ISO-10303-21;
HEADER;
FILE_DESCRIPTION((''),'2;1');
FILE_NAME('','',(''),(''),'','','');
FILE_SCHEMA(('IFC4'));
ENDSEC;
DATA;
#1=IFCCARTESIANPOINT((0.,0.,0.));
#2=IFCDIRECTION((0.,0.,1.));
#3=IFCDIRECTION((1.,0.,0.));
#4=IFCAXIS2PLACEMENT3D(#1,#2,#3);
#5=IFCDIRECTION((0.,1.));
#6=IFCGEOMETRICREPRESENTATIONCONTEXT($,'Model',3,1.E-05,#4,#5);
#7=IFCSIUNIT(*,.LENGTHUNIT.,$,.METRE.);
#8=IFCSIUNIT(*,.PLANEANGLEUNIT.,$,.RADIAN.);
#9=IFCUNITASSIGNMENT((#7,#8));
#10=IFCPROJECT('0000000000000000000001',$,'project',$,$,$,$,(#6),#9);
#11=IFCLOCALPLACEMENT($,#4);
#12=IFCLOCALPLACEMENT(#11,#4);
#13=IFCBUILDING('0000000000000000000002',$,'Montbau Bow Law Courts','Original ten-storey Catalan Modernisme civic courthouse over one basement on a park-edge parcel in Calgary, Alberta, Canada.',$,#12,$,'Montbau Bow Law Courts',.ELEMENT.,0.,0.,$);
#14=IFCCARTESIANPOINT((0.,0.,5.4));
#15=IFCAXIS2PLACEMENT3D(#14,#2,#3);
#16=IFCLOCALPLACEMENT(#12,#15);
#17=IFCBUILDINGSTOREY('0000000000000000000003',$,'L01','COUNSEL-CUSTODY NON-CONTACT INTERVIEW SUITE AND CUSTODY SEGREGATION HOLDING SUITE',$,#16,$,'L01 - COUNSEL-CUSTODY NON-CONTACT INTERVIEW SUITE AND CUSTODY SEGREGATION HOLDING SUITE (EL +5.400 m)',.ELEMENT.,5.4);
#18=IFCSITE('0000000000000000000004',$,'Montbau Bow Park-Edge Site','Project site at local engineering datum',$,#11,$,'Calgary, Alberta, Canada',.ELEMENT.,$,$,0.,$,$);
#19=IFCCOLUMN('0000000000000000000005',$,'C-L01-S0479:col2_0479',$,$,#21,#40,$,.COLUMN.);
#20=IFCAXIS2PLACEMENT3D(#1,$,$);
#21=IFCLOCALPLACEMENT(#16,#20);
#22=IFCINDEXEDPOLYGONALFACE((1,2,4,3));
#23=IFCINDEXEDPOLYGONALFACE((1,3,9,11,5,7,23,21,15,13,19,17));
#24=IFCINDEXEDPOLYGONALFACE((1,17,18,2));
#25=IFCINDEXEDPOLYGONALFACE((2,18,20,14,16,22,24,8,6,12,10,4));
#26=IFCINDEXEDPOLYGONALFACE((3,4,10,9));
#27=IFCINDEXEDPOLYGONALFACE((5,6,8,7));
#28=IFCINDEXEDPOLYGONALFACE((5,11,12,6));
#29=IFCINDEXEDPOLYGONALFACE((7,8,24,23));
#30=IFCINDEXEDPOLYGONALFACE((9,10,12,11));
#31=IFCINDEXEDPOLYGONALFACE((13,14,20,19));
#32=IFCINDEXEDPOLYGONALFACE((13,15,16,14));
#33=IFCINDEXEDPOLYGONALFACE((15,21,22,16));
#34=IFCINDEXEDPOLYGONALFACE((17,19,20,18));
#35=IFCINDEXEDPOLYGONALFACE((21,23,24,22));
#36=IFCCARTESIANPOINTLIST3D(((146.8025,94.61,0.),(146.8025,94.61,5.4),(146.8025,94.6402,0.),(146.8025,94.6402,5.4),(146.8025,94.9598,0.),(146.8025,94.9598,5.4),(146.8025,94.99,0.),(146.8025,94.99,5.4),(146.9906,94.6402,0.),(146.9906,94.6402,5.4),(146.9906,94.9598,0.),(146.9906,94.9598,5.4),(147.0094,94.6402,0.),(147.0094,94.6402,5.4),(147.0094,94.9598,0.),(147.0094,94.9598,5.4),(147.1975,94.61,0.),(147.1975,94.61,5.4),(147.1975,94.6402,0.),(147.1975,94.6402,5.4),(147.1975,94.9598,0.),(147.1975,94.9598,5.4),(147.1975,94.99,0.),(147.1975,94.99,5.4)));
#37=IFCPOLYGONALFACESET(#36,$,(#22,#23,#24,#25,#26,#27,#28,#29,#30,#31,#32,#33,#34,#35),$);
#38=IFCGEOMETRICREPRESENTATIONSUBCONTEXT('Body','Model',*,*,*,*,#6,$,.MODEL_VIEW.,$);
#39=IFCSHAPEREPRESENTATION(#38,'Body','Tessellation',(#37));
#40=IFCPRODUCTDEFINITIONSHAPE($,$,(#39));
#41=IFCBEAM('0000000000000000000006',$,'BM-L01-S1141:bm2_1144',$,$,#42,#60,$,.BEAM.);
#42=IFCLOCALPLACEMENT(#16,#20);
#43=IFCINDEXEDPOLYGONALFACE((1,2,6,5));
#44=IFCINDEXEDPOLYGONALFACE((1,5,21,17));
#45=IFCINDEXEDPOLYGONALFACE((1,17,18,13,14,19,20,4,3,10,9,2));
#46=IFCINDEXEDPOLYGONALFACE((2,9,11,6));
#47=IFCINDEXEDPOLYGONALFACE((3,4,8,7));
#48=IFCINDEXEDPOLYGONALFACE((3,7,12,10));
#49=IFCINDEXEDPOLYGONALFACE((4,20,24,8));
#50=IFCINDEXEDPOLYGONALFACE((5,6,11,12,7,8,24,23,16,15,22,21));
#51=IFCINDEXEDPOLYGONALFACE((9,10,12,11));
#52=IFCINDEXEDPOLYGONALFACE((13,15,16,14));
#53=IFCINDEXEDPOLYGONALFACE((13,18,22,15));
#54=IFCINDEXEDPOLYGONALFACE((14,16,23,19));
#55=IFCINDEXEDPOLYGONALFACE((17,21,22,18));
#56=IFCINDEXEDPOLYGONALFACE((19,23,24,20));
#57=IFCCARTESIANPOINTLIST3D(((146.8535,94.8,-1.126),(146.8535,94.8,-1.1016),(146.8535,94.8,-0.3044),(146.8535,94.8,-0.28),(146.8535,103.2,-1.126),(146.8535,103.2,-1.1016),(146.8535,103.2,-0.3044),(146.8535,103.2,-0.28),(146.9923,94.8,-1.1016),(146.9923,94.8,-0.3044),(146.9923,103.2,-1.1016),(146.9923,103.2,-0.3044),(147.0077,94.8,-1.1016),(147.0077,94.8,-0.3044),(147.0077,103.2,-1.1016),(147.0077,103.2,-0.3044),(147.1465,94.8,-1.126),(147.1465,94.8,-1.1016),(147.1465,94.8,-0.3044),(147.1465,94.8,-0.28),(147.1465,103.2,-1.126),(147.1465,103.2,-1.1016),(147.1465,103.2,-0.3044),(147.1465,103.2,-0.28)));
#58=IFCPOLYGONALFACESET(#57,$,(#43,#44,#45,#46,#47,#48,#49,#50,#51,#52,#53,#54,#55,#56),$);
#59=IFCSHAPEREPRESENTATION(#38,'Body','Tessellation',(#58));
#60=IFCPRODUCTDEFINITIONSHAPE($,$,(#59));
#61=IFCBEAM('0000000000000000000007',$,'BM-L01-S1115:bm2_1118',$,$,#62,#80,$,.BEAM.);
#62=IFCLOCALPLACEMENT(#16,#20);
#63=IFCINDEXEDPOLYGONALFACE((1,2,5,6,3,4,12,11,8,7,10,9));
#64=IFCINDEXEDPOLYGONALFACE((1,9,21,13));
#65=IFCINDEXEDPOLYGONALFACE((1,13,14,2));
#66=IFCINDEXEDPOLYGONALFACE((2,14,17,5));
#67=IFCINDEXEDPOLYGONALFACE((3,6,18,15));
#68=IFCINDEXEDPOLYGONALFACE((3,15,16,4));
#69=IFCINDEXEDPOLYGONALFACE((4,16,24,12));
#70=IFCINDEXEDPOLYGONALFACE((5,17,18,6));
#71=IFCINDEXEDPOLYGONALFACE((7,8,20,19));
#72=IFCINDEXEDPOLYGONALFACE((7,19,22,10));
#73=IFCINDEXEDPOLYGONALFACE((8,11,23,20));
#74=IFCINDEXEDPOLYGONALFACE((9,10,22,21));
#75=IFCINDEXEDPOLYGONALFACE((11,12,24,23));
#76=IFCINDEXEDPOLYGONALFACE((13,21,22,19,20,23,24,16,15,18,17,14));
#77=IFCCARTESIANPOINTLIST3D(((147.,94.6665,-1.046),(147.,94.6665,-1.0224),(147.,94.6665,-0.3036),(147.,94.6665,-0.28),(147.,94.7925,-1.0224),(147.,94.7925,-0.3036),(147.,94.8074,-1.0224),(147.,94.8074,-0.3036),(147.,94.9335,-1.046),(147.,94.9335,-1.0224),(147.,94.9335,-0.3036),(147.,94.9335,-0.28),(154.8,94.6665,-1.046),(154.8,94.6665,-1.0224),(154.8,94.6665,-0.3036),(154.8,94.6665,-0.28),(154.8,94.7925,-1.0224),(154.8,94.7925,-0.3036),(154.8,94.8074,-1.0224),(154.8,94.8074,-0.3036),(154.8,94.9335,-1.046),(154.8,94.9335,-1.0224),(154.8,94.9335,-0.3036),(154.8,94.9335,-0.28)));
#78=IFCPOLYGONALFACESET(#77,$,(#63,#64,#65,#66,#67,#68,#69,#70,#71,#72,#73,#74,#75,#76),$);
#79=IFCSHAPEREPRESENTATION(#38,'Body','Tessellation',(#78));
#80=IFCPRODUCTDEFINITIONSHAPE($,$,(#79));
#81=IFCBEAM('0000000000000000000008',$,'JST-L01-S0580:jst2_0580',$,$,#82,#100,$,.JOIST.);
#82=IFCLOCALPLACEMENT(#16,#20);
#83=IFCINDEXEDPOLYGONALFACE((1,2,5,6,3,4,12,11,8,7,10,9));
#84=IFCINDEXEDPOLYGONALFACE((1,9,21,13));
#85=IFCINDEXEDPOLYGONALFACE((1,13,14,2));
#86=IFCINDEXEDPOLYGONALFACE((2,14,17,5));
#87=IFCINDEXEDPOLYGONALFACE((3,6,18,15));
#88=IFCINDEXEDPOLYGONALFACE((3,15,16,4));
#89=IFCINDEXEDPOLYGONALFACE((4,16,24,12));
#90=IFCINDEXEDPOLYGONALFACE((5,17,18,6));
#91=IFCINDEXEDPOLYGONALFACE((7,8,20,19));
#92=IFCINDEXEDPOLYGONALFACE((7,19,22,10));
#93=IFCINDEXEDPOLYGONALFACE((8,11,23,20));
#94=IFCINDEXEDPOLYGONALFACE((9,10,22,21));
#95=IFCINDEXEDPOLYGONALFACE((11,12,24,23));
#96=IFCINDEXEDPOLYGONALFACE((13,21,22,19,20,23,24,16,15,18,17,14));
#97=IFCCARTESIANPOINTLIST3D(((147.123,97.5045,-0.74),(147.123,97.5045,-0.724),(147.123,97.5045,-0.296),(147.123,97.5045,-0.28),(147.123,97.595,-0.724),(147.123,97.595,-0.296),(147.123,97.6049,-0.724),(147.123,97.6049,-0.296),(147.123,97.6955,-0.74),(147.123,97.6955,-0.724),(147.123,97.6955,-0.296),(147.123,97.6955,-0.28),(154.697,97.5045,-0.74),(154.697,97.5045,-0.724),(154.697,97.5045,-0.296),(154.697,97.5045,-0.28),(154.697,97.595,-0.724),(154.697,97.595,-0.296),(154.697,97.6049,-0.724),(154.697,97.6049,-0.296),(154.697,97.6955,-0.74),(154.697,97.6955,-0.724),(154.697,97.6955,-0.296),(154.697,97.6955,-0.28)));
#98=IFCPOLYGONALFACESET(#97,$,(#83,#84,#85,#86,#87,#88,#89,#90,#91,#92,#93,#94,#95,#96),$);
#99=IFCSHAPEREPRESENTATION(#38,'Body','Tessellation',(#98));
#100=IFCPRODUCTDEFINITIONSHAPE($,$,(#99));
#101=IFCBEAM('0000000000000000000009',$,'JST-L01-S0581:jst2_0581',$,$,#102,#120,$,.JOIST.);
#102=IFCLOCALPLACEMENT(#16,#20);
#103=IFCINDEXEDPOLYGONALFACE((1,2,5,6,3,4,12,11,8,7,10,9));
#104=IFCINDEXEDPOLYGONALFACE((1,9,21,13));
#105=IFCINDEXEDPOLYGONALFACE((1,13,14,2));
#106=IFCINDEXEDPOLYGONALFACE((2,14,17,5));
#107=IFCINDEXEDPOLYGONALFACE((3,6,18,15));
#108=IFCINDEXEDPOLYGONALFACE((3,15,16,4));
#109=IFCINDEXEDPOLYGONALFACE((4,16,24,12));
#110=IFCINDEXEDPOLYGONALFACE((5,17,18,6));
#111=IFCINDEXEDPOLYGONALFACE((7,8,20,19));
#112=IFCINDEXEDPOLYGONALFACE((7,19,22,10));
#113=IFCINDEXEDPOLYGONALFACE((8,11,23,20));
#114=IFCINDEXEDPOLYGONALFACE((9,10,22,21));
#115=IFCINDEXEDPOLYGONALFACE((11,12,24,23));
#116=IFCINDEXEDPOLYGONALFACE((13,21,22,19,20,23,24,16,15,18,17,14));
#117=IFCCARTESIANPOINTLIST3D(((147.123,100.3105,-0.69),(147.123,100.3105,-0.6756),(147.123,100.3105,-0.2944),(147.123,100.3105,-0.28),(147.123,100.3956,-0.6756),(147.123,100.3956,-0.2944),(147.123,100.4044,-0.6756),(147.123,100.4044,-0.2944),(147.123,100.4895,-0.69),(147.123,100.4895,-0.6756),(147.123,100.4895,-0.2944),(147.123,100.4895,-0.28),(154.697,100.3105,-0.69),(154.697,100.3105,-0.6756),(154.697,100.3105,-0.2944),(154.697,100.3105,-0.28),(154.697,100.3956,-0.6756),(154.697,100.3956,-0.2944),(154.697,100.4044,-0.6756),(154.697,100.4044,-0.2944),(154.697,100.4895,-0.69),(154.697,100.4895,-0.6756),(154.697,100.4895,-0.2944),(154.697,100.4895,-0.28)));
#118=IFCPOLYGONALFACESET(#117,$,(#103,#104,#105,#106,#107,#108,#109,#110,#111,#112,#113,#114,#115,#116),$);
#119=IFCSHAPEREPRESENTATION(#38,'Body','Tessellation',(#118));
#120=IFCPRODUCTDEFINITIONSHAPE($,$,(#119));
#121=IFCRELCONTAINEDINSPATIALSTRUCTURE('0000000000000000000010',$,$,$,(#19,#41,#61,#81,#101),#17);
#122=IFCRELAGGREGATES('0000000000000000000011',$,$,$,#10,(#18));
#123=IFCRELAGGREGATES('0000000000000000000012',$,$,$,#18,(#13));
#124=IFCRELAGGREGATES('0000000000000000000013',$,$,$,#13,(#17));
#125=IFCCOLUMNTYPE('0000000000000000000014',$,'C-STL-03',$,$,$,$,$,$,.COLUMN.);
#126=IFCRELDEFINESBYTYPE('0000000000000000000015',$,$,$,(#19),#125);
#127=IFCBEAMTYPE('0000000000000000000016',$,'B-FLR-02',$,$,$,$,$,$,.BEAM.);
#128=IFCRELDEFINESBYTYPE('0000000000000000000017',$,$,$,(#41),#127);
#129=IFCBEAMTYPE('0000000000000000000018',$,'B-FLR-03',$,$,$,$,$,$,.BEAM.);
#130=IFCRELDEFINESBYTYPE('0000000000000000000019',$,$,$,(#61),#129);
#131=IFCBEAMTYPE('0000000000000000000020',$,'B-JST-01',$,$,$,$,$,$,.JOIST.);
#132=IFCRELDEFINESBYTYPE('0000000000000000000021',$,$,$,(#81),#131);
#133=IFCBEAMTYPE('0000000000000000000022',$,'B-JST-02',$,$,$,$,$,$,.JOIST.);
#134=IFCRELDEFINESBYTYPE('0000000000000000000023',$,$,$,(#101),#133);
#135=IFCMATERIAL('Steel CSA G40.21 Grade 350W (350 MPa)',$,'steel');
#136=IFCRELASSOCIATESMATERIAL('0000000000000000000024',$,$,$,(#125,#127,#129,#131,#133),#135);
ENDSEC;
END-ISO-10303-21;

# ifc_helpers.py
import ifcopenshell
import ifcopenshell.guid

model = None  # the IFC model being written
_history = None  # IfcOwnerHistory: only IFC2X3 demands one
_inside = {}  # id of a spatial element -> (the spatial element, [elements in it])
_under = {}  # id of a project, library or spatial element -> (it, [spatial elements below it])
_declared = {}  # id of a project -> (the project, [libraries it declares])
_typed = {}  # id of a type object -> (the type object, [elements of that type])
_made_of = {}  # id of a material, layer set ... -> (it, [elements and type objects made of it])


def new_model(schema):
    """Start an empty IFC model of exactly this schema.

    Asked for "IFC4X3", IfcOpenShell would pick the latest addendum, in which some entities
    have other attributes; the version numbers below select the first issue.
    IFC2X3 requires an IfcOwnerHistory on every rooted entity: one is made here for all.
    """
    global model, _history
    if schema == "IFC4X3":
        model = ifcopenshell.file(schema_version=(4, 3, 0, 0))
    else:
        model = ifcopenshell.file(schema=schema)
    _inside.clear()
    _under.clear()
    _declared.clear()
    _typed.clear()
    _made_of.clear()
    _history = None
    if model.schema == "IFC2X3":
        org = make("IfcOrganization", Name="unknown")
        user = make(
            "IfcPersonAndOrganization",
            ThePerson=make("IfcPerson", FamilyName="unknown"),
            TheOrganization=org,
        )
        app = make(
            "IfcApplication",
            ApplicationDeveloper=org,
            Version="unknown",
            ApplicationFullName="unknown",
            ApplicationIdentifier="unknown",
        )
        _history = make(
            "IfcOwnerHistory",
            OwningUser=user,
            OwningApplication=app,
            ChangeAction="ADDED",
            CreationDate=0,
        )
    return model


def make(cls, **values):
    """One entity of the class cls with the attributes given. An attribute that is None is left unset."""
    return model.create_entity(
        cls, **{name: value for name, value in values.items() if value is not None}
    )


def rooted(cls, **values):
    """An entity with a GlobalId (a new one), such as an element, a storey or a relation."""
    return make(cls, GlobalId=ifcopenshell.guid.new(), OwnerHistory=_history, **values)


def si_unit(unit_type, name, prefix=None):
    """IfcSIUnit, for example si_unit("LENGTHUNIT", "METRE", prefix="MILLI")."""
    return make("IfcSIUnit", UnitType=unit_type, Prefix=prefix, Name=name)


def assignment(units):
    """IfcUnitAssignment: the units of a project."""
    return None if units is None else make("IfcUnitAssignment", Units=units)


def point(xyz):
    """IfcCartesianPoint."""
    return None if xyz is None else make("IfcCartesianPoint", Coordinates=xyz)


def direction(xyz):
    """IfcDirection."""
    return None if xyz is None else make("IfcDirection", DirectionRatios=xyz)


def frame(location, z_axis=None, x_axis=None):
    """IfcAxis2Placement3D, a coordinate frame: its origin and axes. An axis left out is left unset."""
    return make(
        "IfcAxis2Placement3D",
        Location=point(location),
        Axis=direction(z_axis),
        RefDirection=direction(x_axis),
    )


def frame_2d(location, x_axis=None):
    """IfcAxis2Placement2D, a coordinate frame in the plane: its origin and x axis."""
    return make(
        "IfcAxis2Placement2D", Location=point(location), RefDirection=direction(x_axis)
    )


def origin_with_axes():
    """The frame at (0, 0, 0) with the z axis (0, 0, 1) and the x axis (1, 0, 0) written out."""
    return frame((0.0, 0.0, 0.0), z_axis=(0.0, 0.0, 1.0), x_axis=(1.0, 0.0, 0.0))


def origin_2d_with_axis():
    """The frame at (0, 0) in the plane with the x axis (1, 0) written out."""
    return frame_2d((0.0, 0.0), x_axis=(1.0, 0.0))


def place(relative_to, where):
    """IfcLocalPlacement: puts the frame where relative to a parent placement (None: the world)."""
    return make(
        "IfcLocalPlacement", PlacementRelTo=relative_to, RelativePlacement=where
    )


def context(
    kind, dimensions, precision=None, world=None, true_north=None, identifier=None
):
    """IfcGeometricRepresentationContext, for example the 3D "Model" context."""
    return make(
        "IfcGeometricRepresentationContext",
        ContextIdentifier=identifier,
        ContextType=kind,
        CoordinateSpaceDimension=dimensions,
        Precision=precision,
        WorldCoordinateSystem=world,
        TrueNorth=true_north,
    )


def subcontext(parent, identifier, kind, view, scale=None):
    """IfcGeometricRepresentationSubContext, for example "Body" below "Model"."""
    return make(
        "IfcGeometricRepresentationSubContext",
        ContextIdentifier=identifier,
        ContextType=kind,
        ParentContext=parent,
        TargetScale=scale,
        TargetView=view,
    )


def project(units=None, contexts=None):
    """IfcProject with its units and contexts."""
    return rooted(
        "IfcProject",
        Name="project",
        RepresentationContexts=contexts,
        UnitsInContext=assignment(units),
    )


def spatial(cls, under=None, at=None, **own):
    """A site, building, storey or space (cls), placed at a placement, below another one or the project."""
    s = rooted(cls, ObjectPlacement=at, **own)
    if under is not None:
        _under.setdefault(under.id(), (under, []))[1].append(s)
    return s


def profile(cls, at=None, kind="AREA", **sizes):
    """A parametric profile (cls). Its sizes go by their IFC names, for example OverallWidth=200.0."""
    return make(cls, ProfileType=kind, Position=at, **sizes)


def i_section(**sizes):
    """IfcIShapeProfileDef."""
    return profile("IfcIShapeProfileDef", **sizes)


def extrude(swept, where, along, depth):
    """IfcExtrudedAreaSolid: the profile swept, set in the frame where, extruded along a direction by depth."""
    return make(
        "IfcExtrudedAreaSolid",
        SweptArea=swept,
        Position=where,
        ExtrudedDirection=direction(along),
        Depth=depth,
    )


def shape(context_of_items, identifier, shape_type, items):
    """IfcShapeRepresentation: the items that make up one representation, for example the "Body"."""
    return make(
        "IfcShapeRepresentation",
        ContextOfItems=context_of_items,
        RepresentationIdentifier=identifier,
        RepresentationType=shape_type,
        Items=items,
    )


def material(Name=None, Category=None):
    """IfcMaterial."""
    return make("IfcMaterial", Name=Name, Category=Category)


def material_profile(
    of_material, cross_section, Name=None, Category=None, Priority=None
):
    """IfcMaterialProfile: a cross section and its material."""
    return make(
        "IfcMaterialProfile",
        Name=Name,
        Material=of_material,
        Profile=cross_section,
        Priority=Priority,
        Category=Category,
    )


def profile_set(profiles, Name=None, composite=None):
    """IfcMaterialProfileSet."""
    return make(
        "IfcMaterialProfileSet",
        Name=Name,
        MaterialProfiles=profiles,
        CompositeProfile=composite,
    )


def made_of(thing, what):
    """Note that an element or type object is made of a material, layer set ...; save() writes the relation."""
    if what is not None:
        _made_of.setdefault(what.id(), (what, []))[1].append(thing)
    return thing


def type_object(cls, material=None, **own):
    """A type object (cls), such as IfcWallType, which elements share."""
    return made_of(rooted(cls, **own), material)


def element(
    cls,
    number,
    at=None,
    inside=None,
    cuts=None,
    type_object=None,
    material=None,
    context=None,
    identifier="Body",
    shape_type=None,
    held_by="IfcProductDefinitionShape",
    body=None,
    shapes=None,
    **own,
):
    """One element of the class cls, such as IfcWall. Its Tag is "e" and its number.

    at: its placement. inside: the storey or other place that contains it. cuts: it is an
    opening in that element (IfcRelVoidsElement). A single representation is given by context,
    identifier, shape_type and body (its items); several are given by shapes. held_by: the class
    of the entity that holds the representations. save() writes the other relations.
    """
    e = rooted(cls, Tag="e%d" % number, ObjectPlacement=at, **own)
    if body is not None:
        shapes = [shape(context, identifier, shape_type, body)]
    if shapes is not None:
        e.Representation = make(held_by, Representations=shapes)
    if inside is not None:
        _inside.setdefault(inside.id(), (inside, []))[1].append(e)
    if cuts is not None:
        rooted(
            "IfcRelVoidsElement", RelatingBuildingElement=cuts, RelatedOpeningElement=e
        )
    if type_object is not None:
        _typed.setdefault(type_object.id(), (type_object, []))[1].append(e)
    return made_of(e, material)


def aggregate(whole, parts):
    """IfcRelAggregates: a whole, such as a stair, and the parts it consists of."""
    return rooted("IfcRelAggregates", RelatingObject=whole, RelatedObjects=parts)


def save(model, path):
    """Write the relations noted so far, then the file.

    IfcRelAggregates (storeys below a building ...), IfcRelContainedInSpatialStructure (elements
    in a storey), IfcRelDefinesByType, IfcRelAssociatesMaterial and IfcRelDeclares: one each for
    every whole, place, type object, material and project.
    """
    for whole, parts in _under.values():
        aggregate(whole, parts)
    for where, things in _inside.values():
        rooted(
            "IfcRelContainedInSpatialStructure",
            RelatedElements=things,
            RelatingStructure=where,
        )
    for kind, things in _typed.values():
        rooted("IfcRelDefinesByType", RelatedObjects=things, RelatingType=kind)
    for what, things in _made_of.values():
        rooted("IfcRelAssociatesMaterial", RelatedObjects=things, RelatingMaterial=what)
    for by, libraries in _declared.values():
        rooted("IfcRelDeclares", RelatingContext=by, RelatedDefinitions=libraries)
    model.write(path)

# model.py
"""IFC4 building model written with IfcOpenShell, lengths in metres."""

from ifc_helpers import new_model, si_unit, direction, frame, origin_with_axes, origin_2d_with_axis, place, context, subcontext, project, spatial, i_section, extrude, material, material_profile, profile_set, type_object, element, save


model = new_model("IFC4")

# Units and contexts
model_context = context("Model", 3, precision=1e-05, world=origin_with_axes(), true_north=direction((0.0, 1.0)))
body_context = subcontext(model_context, "Body", "Model", "MODEL_VIEW")
ifc_project = project(units=[si_unit("LENGTHUNIT", "METRE"), si_unit("PLANEANGLEUNIT", "RADIAN")], contexts=[model_context])

# Site, building, storey
site_placement = place(None, origin_with_axes())
site = spatial("IfcSite", under=ifc_project, at=site_placement, Name="Montbau Bow Park-Edge Site", Description="Project site at local engineering datum", LongName="Calgary, Alberta, Canada", CompositionType="ELEMENT", RefElevation=0.0)
building_placement = place(site_placement, origin_with_axes())
building = spatial("IfcBuilding", under=site, at=building_placement, Name="Montbau Bow Law Courts", Description="Original ten-storey Catalan Modernisme civic courthouse over one basement on a park-edge parcel in Calgary, Alberta, Canada.", LongName="Montbau Bow Law Courts", CompositionType="ELEMENT", ElevationOfRefHeight=0.0, ElevationOfTerrain=0.0)
storey_placement = place(building_placement, frame((0.0, 0.0, 5.4), z_axis=(0.0, 0.0, 1.0), x_axis=(1.0, 0.0, 0.0)))
storey = spatial("IfcBuildingStorey", under=building, at=storey_placement, Name="L01", Description="COUNSEL-CUSTODY NON-CONTACT INTERVIEW SUITE AND CUSTODY SEGREGATION HOLDING SUITE", LongName="L01 - COUNSEL-CUSTODY NON-CONTACT INTERVIEW SUITE AND CUSTODY SEGREGATION HOLDING SUITE (EL +5.400 m)", CompositionType="ELEMENT", Elevation=5.4)

# Column
ifc_material_1 = material(Name="Steel CSA G40.21 Grade 350W (350 MPa)", Category="steel")
ifc_material_profile_1 = material_profile(ifc_material_1, i_section(OverallWidth=0.395, OverallDepth=0.38, WebThickness=0.0189, FlangeThickness=0.0302, at=origin_2d_with_axis()), Name="W360X237", Category="Main", Priority=0)
ifc_profile_set_1 = profile_set([ifc_material_profile_1], Name="Steel CSA G40.21 Grade 350W (350 MPa)")
column_type = type_object("IfcColumnType", Name="C-STL-03", PredefinedType="COLUMN", material=ifc_profile_set_1)
column_placement = place(None, frame((147.0, 94.8, 5.4), z_axis=(0.0, 0.0, 1.0), x_axis=(1.0, 0.0, 0.0)))
element("IfcColumn", 1, at=column_placement, inside=storey, type_object=column_type, Name="C-L01-S0479:col2_0479", PredefinedType="COLUMN", context=body_context, shape_type="SweptSolid", body=[
    extrude(i_section(OverallWidth=0.395, OverallDepth=0.38, WebThickness=0.0189, FlangeThickness=0.0302, at=origin_2d_with_axis()), origin_with_axes(), (0.0, 0.0, 1.0), 5.4),
])

# Beams
ifc_material_profile_2 = material_profile(ifc_material_1, i_section(OverallWidth=0.293, OverallDepth=0.846, WebThickness=0.0154, FlangeThickness=0.0244, at=origin_2d_with_axis()), Name="W840X210", Category="Main", Priority=0)
ifc_profile_set_2 = profile_set([ifc_material_profile_2], Name="Steel CSA G40.21 Grade 350W (350 MPa)")
beam_type_1 = type_object("IfcBeamType", Name="B-FLR-02", PredefinedType="BEAM", material=ifc_profile_set_2)
beam_1_placement = place(None, frame((147.0, 94.8, 4.697), z_axis=(0.0, 1.0, 0.0), x_axis=(-1.0, 0.0, 0.0)))
element("IfcBeam", 2, at=beam_1_placement, inside=storey, type_object=beam_type_1, Name="BM-L01-S1141:bm2_1144", PredefinedType="BEAM", context=body_context, shape_type="SweptSolid", body=[
    extrude(i_section(OverallWidth=0.293, OverallDepth=0.846, WebThickness=0.0154, FlangeThickness=0.0244, at=origin_2d_with_axis()), origin_with_axes(), (0.0, 0.0, 1.0), 8.4),
])
ifc_material_profile_3 = material_profile(ifc_material_1, i_section(OverallWidth=0.267, OverallDepth=0.766, WebThickness=0.0149, FlangeThickness=0.0236, at=origin_2d_with_axis()), Name="W760X185", Category="Main", Priority=0)
ifc_profile_set_3 = profile_set([ifc_material_profile_3], Name="Steel CSA G40.21 Grade 350W (350 MPa)")
beam_type_2 = type_object("IfcBeamType", Name="B-FLR-03", PredefinedType="BEAM", material=ifc_profile_set_3)
beam_2_placement = place(None, frame((147.0, 94.8, 4.737), z_axis=(1.0, 0.0, 0.0), x_axis=(0.0, 1.0, 0.0)))
element("IfcBeam", 3, at=beam_2_placement, inside=storey, type_object=beam_type_2, Name="BM-L01-S1115:bm2_1118", PredefinedType="BEAM", context=body_context, shape_type="SweptSolid", body=[
    extrude(i_section(OverallWidth=0.267, OverallDepth=0.766, WebThickness=0.0149, FlangeThickness=0.0236, at=origin_2d_with_axis()), origin_with_axes(), (0.0, 0.0, 1.0), 7.8),
])
ifc_material_profile_4 = material_profile(ifc_material_1, i_section(OverallWidth=0.191, OverallDepth=0.46, WebThickness=0.0099, FlangeThickness=0.016, at=origin_2d_with_axis()), Name="W460X82", Category="Main", Priority=0)
ifc_profile_set_4 = profile_set([ifc_material_profile_4], Name="Steel CSA G40.21 Grade 350W (350 MPa)")
beam_type_3 = type_object("IfcBeamType", Name="B-JST-01", PredefinedType="JOIST", material=ifc_profile_set_4)
beam_3_placement = place(None, frame((147.123, 97.6, 4.89), z_axis=(1.0, 0.0, 0.0), x_axis=(0.0, 1.0, 0.0)))
element("IfcBeam", 4, at=beam_3_placement, inside=storey, type_object=beam_type_3, Name="JST-L01-S0580:jst2_0580", PredefinedType="JOIST", context=body_context, shape_type="SweptSolid", body=[
    extrude(i_section(OverallWidth=0.191, OverallDepth=0.46, WebThickness=0.0099, FlangeThickness=0.016, at=origin_2d_with_axis()), origin_with_axes(), (0.0, 0.0, 1.0), 7.574),
])
ifc_material_profile_5 = material_profile(ifc_material_1, i_section(OverallWidth=0.179, OverallDepth=0.41, WebThickness=0.0088, FlangeThickness=0.0144, at=origin_2d_with_axis()), Name="W410X67", Category="Main", Priority=0)
ifc_profile_set_5 = profile_set([ifc_material_profile_5], Name="Steel CSA G40.21 Grade 350W (350 MPa)")
beam_type_4 = type_object("IfcBeamType", Name="B-JST-02", PredefinedType="JOIST", material=ifc_profile_set_5)
beam_4_placement = place(None, frame((147.123, 100.4, 4.915), z_axis=(1.0, 0.0, 0.0), x_axis=(0.0, 1.0, 0.0)))
element("IfcBeam", 5, at=beam_4_placement, inside=storey, type_object=beam_type_4, Name="JST-L01-S0581:jst2_0581", PredefinedType="JOIST", context=body_context, shape_type="SweptSolid", body=[
    extrude(i_section(OverallWidth=0.179, OverallDepth=0.41, WebThickness=0.0088, FlangeThickness=0.0144, at=origin_2d_with_axis()), origin_with_axes(), (0.0, 0.0, 1.0), 7.574),
])

save(model, "model.ifc")
